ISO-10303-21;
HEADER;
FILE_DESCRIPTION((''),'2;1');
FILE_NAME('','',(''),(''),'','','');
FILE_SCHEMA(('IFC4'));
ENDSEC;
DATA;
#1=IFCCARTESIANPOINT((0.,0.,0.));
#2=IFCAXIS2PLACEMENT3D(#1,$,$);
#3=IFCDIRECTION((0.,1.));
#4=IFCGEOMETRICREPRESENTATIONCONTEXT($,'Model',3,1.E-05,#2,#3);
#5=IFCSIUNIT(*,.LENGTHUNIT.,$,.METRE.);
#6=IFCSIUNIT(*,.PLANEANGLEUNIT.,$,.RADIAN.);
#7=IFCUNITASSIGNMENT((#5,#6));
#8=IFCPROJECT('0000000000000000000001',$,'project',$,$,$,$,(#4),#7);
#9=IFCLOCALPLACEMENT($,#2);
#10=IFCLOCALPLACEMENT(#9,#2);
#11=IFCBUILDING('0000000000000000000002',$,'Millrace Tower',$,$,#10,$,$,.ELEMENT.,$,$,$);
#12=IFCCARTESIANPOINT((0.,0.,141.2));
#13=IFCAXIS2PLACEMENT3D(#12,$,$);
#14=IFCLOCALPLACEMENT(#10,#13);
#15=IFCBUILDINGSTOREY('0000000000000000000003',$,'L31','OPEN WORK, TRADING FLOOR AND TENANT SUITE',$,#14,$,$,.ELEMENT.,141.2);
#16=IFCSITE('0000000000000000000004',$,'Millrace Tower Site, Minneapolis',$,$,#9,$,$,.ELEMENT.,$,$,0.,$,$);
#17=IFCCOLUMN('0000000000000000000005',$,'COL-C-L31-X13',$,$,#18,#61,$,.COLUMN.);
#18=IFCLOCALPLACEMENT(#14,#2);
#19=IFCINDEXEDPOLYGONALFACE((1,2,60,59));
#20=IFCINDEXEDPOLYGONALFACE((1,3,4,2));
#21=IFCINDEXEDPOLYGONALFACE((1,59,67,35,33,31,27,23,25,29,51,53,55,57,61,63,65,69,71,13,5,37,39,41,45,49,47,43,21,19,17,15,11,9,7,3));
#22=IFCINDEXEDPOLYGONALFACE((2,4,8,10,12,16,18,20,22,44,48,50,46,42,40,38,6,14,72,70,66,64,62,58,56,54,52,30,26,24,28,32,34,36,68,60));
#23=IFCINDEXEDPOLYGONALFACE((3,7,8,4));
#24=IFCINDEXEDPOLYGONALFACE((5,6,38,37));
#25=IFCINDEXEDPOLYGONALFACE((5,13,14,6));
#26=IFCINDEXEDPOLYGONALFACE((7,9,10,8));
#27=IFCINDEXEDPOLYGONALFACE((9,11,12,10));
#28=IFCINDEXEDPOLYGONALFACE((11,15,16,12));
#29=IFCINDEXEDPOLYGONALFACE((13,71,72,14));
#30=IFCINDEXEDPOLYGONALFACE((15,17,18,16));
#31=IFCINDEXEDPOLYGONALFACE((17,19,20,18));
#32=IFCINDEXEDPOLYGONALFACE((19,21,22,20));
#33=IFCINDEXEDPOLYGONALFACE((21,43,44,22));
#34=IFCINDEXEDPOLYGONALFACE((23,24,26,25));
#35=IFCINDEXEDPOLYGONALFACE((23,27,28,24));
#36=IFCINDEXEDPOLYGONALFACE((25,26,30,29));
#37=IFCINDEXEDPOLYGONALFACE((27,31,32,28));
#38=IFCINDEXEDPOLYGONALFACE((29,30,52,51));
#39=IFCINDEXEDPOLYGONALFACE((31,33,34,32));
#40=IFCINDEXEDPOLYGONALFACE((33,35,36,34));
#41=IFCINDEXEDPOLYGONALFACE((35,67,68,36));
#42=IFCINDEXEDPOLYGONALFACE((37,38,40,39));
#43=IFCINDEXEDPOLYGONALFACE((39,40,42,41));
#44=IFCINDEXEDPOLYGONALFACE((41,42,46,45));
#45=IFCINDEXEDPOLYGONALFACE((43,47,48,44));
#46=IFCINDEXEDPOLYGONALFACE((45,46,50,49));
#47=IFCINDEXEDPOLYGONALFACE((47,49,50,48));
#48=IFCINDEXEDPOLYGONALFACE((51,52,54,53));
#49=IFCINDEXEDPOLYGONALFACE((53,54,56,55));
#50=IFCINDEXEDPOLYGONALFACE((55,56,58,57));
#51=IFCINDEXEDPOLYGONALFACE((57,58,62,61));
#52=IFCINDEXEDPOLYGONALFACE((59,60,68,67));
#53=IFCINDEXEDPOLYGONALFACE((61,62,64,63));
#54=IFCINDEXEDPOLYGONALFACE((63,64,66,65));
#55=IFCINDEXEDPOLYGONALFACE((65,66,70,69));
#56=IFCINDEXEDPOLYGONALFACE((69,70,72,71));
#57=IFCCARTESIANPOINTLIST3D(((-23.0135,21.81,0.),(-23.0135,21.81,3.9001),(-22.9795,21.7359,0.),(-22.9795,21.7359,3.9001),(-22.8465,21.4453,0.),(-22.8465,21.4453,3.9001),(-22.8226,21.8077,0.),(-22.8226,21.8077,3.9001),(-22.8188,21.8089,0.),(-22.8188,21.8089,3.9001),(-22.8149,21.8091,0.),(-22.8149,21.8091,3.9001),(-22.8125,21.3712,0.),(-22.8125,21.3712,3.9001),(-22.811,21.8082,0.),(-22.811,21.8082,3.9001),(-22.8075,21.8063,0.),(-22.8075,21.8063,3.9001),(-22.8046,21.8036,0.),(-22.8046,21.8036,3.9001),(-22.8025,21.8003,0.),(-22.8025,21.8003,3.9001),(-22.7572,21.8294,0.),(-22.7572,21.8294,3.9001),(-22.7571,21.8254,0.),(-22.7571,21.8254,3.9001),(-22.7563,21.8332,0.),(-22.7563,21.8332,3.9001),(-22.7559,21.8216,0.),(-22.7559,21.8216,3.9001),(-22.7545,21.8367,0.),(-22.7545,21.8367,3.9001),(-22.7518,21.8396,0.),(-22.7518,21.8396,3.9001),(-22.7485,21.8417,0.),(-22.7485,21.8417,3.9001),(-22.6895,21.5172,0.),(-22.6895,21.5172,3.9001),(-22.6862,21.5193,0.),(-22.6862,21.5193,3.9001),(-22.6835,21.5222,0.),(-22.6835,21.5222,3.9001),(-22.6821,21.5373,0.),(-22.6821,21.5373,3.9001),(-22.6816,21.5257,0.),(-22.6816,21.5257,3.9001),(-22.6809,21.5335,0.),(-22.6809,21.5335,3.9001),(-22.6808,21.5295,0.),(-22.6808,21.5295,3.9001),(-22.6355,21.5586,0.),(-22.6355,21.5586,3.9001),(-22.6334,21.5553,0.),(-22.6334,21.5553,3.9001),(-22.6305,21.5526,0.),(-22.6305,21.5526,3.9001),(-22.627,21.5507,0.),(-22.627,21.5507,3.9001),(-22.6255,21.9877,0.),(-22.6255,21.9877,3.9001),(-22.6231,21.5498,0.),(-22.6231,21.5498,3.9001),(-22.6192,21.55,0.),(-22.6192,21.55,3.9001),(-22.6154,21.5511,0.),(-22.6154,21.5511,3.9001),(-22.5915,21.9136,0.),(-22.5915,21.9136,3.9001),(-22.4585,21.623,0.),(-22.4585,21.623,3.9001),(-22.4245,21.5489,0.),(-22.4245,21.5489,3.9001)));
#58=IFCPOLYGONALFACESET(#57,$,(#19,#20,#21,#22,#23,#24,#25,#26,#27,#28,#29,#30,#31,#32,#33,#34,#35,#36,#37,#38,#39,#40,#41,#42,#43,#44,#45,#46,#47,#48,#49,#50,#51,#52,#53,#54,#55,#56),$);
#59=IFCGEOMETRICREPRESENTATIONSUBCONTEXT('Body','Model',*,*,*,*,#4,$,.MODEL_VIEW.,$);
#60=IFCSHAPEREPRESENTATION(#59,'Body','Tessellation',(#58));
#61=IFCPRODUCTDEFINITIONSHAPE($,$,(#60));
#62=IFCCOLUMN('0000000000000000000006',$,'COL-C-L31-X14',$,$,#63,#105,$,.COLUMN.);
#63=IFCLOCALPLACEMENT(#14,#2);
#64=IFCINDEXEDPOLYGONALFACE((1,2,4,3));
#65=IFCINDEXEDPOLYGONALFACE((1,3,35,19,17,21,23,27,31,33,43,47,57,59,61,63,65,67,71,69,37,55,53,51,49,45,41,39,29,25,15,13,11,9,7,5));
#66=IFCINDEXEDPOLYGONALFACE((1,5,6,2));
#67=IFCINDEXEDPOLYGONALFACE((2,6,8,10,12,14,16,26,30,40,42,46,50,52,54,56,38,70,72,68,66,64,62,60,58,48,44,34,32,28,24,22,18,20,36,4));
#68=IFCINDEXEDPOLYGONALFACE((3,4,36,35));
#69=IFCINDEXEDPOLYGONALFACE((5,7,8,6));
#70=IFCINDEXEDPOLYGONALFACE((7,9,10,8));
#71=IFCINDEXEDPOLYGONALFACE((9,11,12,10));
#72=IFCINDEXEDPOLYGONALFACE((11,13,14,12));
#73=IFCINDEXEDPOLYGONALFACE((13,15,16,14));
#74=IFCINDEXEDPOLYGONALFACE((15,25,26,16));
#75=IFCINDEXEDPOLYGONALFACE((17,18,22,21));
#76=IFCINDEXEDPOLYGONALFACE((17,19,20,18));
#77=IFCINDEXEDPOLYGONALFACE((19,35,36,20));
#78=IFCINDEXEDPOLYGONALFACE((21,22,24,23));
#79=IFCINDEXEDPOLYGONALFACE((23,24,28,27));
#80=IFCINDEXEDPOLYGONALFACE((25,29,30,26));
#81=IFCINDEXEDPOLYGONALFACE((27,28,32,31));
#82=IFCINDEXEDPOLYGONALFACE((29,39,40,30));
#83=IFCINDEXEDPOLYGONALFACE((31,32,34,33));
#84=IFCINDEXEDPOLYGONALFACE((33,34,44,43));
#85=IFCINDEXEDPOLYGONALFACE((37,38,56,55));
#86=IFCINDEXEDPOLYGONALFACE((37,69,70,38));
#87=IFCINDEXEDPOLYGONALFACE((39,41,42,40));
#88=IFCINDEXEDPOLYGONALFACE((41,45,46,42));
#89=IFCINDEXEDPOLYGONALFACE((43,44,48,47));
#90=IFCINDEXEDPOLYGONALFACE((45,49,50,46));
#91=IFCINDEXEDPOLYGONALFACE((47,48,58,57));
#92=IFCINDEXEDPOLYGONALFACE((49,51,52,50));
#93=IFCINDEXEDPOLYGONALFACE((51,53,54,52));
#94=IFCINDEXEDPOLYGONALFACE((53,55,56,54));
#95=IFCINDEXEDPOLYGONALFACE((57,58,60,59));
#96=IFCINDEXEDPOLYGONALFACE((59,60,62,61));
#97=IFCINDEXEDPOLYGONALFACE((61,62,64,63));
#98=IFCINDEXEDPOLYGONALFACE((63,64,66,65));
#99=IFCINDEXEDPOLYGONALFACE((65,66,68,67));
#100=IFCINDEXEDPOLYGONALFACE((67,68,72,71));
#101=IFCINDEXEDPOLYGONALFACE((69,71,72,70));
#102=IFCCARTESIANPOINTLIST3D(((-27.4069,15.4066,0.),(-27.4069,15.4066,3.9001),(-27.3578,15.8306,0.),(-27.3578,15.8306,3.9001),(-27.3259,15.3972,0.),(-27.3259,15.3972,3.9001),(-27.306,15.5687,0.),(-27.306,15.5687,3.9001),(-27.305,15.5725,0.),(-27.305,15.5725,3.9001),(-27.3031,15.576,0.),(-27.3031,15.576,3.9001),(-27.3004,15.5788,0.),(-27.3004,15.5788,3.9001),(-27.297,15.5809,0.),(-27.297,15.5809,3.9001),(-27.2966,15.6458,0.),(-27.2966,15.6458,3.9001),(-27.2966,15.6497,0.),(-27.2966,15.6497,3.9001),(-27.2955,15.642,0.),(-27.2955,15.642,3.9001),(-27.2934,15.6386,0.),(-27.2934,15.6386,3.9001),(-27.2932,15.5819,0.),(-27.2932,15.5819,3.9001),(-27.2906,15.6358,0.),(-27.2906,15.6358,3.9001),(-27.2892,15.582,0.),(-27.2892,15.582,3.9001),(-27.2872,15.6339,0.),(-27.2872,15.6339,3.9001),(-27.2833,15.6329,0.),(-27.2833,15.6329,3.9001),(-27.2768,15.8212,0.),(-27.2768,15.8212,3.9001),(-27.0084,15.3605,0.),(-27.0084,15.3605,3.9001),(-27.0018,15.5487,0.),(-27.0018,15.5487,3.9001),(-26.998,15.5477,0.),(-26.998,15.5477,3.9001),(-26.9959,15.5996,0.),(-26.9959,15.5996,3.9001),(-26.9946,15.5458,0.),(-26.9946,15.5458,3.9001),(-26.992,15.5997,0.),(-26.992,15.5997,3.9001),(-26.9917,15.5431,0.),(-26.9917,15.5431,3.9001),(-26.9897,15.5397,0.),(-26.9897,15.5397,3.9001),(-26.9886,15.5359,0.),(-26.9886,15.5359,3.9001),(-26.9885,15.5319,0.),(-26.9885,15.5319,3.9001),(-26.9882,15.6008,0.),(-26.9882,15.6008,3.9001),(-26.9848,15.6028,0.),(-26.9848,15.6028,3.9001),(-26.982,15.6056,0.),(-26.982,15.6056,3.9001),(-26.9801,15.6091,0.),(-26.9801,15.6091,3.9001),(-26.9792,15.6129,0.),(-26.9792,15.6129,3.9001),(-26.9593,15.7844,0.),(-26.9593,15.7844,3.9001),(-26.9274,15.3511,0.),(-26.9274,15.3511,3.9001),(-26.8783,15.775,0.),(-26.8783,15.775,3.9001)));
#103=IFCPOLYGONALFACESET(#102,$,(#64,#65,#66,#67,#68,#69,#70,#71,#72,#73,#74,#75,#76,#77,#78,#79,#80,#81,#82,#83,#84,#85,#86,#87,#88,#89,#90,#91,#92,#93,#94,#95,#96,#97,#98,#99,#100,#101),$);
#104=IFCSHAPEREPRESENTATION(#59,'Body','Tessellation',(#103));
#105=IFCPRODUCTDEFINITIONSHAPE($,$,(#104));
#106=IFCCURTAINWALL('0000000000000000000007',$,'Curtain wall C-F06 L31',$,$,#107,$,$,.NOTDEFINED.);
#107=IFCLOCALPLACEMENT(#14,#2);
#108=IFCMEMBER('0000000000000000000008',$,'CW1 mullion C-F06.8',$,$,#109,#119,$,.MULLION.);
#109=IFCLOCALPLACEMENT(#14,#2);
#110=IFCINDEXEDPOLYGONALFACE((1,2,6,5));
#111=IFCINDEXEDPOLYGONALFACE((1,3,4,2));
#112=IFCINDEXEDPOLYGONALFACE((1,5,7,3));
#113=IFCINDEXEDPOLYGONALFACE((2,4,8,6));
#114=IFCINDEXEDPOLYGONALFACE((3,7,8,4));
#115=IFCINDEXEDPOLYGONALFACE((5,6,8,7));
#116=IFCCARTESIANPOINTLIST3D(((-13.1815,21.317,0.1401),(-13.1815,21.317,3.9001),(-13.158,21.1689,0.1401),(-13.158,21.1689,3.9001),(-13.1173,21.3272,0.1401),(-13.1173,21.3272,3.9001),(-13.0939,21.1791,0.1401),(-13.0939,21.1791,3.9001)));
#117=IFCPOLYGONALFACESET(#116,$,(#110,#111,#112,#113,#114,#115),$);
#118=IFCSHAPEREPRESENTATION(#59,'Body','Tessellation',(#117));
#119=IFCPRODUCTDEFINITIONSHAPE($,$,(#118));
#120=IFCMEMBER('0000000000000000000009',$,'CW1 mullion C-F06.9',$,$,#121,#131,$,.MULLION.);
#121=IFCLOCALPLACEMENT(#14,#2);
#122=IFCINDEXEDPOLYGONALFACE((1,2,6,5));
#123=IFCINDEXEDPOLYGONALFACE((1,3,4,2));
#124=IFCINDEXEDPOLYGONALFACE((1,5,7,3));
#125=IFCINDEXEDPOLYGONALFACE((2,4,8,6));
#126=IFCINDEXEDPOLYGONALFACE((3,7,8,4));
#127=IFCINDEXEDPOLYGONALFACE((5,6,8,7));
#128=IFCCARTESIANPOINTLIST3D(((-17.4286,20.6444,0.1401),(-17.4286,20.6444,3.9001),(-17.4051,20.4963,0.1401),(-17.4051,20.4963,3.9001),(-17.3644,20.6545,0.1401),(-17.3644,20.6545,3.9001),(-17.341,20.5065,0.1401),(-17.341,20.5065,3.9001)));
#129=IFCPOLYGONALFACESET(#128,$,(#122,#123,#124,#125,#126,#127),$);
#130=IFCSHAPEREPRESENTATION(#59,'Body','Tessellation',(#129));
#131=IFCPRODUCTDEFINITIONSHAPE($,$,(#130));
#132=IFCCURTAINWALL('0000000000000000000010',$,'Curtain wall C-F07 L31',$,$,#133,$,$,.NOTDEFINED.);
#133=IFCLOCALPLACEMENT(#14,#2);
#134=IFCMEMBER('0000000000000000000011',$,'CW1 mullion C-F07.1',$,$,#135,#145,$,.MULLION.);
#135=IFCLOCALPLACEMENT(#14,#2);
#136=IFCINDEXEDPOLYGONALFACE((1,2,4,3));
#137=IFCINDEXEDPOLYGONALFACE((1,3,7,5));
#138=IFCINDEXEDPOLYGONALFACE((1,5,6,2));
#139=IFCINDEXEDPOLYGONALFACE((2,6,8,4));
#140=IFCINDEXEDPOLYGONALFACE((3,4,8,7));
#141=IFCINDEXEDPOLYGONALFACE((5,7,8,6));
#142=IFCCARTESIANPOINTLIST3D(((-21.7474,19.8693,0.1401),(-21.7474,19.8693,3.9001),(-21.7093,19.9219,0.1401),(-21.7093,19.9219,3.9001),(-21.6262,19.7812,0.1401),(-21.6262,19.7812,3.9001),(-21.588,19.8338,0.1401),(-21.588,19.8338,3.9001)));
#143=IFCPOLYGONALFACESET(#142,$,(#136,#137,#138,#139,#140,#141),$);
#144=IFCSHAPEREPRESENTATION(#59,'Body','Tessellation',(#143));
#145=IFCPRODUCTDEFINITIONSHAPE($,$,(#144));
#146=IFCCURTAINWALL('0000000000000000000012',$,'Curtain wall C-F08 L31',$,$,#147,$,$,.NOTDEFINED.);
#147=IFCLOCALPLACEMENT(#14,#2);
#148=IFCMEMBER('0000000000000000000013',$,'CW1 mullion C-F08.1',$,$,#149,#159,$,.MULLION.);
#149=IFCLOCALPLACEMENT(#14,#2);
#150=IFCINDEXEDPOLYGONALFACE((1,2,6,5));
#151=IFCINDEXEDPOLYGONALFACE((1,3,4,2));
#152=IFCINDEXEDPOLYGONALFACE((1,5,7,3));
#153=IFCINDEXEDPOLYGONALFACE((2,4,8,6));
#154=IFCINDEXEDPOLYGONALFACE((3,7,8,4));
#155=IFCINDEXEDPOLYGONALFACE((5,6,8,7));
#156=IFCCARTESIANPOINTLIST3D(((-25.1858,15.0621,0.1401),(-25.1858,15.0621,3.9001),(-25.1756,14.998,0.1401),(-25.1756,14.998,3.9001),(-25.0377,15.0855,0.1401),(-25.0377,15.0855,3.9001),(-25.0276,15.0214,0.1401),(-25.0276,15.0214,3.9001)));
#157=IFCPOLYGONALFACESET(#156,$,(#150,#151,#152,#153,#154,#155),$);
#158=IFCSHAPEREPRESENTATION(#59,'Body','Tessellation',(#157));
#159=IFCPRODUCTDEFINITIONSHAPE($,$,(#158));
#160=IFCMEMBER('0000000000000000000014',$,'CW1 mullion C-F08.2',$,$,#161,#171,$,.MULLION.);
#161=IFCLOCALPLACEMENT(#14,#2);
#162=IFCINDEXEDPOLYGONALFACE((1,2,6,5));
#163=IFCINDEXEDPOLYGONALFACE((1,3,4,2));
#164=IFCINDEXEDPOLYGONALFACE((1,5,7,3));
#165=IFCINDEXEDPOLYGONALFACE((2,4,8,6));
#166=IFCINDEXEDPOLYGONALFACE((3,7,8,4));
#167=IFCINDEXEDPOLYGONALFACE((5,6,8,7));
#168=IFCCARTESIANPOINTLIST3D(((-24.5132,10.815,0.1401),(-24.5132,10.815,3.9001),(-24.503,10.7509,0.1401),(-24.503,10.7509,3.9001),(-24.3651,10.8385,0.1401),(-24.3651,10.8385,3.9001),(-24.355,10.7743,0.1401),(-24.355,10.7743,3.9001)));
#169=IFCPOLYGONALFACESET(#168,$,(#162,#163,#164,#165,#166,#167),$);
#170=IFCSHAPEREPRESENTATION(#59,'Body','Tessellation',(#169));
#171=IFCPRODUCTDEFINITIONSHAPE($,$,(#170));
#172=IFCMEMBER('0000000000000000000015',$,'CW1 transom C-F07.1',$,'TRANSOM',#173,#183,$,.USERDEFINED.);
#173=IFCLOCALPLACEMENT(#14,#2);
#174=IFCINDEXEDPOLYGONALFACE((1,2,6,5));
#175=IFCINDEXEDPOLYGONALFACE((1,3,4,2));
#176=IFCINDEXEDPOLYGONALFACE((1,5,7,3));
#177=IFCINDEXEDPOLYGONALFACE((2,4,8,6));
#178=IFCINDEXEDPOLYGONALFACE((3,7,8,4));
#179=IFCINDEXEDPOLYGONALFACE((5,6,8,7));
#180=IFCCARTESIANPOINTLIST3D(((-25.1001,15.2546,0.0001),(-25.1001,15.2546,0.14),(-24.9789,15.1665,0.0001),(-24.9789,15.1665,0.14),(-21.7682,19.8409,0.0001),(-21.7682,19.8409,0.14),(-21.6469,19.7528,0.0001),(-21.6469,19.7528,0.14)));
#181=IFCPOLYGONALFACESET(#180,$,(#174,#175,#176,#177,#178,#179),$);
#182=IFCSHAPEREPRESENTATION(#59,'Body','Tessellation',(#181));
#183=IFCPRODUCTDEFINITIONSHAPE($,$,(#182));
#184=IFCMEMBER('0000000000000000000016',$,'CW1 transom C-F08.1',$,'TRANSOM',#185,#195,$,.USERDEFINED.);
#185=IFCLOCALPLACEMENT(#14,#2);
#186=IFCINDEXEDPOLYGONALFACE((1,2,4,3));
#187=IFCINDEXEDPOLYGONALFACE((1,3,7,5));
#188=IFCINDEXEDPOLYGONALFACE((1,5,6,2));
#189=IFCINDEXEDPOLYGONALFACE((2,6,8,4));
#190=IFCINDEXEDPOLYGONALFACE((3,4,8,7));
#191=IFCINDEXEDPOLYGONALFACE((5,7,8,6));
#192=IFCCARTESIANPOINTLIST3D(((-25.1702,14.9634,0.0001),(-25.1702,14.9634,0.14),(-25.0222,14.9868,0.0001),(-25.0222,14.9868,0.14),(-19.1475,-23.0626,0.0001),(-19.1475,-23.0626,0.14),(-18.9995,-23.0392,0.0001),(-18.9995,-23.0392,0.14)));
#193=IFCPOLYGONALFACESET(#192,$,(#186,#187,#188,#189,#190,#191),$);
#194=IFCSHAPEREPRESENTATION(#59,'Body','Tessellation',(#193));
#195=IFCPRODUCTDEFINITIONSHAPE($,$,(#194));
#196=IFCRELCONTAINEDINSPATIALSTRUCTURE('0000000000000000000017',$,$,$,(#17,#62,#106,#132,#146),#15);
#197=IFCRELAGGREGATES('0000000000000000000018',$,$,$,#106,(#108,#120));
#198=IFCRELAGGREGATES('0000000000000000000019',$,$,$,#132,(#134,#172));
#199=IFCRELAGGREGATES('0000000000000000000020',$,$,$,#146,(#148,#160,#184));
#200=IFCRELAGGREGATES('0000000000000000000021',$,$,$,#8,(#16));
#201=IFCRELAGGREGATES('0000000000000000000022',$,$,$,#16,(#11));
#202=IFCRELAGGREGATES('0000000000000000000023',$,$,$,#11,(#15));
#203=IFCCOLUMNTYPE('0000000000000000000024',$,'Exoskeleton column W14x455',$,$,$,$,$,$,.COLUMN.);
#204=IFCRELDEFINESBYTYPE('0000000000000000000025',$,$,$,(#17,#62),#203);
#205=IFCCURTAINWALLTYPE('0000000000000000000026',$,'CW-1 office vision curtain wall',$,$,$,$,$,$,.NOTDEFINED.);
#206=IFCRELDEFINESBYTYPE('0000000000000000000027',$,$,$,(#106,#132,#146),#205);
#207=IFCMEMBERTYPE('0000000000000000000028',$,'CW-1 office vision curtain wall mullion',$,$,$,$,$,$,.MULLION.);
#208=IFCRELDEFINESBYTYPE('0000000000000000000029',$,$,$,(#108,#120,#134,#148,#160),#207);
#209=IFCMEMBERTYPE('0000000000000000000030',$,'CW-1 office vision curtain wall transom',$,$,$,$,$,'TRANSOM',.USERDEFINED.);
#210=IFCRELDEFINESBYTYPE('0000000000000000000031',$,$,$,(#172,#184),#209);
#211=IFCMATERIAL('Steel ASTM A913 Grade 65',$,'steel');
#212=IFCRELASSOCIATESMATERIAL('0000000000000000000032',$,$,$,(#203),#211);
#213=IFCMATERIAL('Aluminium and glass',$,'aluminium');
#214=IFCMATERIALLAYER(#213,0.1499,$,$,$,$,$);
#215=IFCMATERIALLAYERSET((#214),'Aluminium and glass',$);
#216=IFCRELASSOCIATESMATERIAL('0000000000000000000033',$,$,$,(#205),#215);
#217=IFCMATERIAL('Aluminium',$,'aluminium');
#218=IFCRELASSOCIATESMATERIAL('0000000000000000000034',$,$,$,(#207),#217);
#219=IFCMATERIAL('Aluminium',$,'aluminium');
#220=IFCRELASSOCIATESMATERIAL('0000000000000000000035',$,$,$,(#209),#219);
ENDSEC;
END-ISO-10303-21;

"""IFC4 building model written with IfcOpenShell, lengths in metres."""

from ifc_helpers import new_model, si_unit, direction, frame, origin, origin_2d, place, context, subcontext, project, spatial, rectangle, i_section, extrude, material, layer, layer_set, material_profile, profile_set, type_object, element, aggregate, save


model = new_model("IFC4")

# Units and contexts
model_context = context("Model", 3, precision=1e-05, world=origin(), true_north=direction((0.0, 1.0)))
body_context = subcontext(model_context, "Body", "Model", "MODEL_VIEW")
ifc_project = project(units=[si_unit("LENGTHUNIT", "METRE"), si_unit("PLANEANGLEUNIT", "RADIAN")], contexts=[model_context])

# Site, building, storey
site_placement = place(None, origin())
site = spatial("IfcSite", under=ifc_project, at=site_placement, Name="Millrace Tower Site, Minneapolis", CompositionType="ELEMENT", RefElevation=0.0)
building_placement = place(site_placement, origin())
building = spatial("IfcBuilding", under=site, at=building_placement, Name="Millrace Tower", CompositionType="ELEMENT")
storey_placement = place(building_placement, frame((0.0, 0.0, 141.2)))
storey = spatial("IfcBuildingStorey", under=building, at=storey_placement, Name="L31", Description="OPEN WORK, TRADING FLOOR AND TENANT SUITE", CompositionType="ELEMENT", Elevation=141.2)

# Columns
ifc_material_1 = material(Name="Steel ASTM A913 Grade 65", Category="steel")
ifc_material_profile_1 = material_profile(ifc_material_1, i_section(OverallWidth=0.4268, OverallDepth=0.4827, WebThickness=0.0513, FlangeThickness=0.0815, FilletRadius=0.0151, at=origin_2d()))
ifc_profile_set_1 = profile_set([ifc_material_profile_1], Name="Steel ASTM A913 Grade 65")
column_type = type_object("IfcColumnType", Name="Exoskeleton column W14x455", PredefinedType="COLUMN", material=ifc_profile_set_1)
for number, where, z_axis, x_axis, name in (
    (1, (-22.719, 21.6794, 0.0), (0.0, 0.0, 1.0), (-0.909181, -0.416401, 0.0), "COL-C-L31-X13"),
    (2, (-27.1426, 15.5908, 0.0), (0.0, 0.0, 1.0), (-0.115069, -0.993358, 0.0), "COL-C-L31-X14"),
):
    element("IfcColumn", number, at=place(storey_placement, frame(where, z_axis=z_axis, x_axis=x_axis)), inside=storey, type_object=column_type, Name=name, PredefinedType="COLUMN", context=body_context, shape_type="SweptSolid", body=[
        extrude(i_section(OverallWidth=0.4268, OverallDepth=0.4827, WebThickness=0.0513, FlangeThickness=0.0815, FilletRadius=0.0151, at=origin_2d()), origin(), (0.0, 0.0, 1.0), 3.9001),
    ])

# Curtain wall, members
ifc_material_2 = material(Name="Aluminium and glass", Category="aluminium")
ifc_layer_1 = layer(ifc_material_2, 0.1499)
ifc_layer_set_1 = layer_set([ifc_layer_1], Name="Aluminium and glass")
curtain_wall_type = type_object("IfcCurtainWallType", Name="CW-1 office vision curtain wall", PredefinedType="NOTDEFINED", material=ifc_layer_set_1)
placement = place(storey_placement, origin())
curtain_wall_1 = element("IfcCurtainWall", 3, at=placement, inside=storey, type_object=curtain_wall_type, Name="Curtain wall C-F06 L31", PredefinedType="NOTDEFINED")
ifc_material_3 = material(Name="Aluminium", Category="aluminium")
ifc_material_profile_2 = material_profile(ifc_material_3, rectangle(XDim=0.0649, YDim=0.1499, at=origin_2d()))
ifc_profile_set_2 = profile_set([ifc_material_profile_2], Name="Aluminium")
member_type_1 = type_object("IfcMemberType", Name="CW-1 office vision curtain wall mullion", PredefinedType="MULLION", material=ifc_profile_set_2)
member_1_placement = place(storey_placement, frame((-13.1377, 21.248, 0.1401), z_axis=(0.0, 0.0, 1.0), x_axis=(-0.987688, -0.156434, 0.0)))
member_1 = element("IfcMember", 4, at=member_1_placement, type_object=member_type_1, Name="CW1 mullion C-F06.8", PredefinedType="MULLION", context=body_context, shape_type="SweptSolid", body=[
    extrude(rectangle(XDim=0.0649, YDim=0.1499, at=origin_2d()), origin(), (0.0, 0.0, 1.0), 3.76),
])
member_2_placement = place(storey_placement, frame((-17.3848, 20.5754, 0.1401), z_axis=(0.0, 0.0, 1.0), x_axis=(-0.987688, -0.156434, 0.0)))
member_2 = element("IfcMember", 5, at=member_2_placement, type_object=member_type_1, Name="CW1 mullion C-F06.9", PredefinedType="MULLION", context=body_context, shape_type="SweptSolid", body=[
    extrude(rectangle(XDim=0.0649, YDim=0.1499, at=origin_2d()), origin(), (0.0, 0.0, 1.0), 3.76),
])
aggregate(curtain_wall_1, [member_1, member_2])

# Curtain wall, member
curtain_wall_2 = element("IfcCurtainWall", 6, at=placement, inside=storey, type_object=curtain_wall_type, Name="Curtain wall C-F07 L31", PredefinedType="NOTDEFINED")
member_3_placement = place(storey_placement, frame((-21.6677, 19.8516, 0.1401), z_axis=(0.0, 0.0, 1.0), x_axis=(-0.587785, -0.809017, 0.0)))
member_3 = element("IfcMember", 7, at=member_3_placement, type_object=member_type_1, Name="CW1 mullion C-F07.1", PredefinedType="MULLION", context=body_context, shape_type="SweptSolid", body=[
    extrude(rectangle(XDim=0.0649, YDim=0.1499, at=origin_2d()), origin(), (0.0, 0.0, 1.0), 3.76),
])

# Curtain wall, members
curtain_wall_3 = element("IfcCurtainWall", 8, at=placement, inside=storey, type_object=curtain_wall_type, Name="Curtain wall C-F08 L31", PredefinedType="NOTDEFINED")
member_4_placement = place(storey_placement, frame((-25.1067, 15.0417, 0.1401), z_axis=(0.0, 0.0, 1.0), x_axis=(0.156434, -0.987688, 0.0)))
member_4 = element("IfcMember", 9, at=member_4_placement, type_object=member_type_1, Name="CW1 mullion C-F08.1", PredefinedType="MULLION", context=body_context, shape_type="SweptSolid", body=[
    extrude(rectangle(XDim=0.0649, YDim=0.1499, at=origin_2d()), origin(), (0.0, 0.0, 1.0), 3.76),
])
member_5_placement = place(storey_placement, frame((-24.4341, 10.7947, 0.1401), z_axis=(0.0, 0.0, 1.0), x_axis=(0.156434, -0.987688, 0.0)))
member_5 = element("IfcMember", 10, at=member_5_placement, type_object=member_type_1, Name="CW1 mullion C-F08.2", PredefinedType="MULLION", context=body_context, shape_type="SweptSolid", body=[
    extrude(rectangle(XDim=0.0649, YDim=0.1499, at=origin_2d()), origin(), (0.0, 0.0, 1.0), 3.76),
])

# Members
ifc_material_4 = material(Name="Aluminium", Category="aluminium")
ifc_material_profile_3 = material_profile(ifc_material_4, rectangle(XDim=0.1499, YDim=0.1399, at=origin_2d()))
ifc_profile_set_3 = profile_set([ifc_material_profile_3], Name="Aluminium")
member_type_2 = type_object("IfcMemberType", Name="CW-1 office vision curtain wall transom", ElementType="TRANSOM", PredefinedType="USERDEFINED", material=ifc_profile_set_3)
member_6_placement = place(storey_placement, frame((-21.7075, 19.7969, 0.0701), z_axis=(-0.587762, -0.809034, 0.0), x_axis=(0.809034, -0.587762, 0.0)))
member_6 = element("IfcMember", 11, at=member_6_placement, type_object=member_type_2, Name="CW1 transom C-F07.1", ObjectType="TRANSOM", PredefinedType="USERDEFINED", context=body_context, shape_type="SweptSolid", body=[
    extrude(rectangle(XDim=0.1499, YDim=0.1399, at=origin_2d()), origin(), (0.0, 0.0, 1.0), 5.6689),
])
aggregate(curtain_wall_2, [member_3, member_6])
member_7_placement = place(storey_placement, frame((-25.0962, 14.9751, 0.0701), z_axis=(0.156433, -0.987689, 0.0), x_axis=(0.987689, 0.156433, 0.0)))
member_7 = element("IfcMember", 12, at=member_7_placement, type_object=member_type_2, Name="CW1 transom C-F08.1", ObjectType="TRANSOM", PredefinedType="USERDEFINED", context=body_context, shape_type="SweptSolid", body=[
    extrude(rectangle(XDim=0.1499, YDim=0.1399, at=origin_2d()), origin(), (0.0, 0.0, 1.0), 38.5),
])
aggregate(curtain_wall_3, [member_4, member_5, member_7])

save(model, "model.ifc")
